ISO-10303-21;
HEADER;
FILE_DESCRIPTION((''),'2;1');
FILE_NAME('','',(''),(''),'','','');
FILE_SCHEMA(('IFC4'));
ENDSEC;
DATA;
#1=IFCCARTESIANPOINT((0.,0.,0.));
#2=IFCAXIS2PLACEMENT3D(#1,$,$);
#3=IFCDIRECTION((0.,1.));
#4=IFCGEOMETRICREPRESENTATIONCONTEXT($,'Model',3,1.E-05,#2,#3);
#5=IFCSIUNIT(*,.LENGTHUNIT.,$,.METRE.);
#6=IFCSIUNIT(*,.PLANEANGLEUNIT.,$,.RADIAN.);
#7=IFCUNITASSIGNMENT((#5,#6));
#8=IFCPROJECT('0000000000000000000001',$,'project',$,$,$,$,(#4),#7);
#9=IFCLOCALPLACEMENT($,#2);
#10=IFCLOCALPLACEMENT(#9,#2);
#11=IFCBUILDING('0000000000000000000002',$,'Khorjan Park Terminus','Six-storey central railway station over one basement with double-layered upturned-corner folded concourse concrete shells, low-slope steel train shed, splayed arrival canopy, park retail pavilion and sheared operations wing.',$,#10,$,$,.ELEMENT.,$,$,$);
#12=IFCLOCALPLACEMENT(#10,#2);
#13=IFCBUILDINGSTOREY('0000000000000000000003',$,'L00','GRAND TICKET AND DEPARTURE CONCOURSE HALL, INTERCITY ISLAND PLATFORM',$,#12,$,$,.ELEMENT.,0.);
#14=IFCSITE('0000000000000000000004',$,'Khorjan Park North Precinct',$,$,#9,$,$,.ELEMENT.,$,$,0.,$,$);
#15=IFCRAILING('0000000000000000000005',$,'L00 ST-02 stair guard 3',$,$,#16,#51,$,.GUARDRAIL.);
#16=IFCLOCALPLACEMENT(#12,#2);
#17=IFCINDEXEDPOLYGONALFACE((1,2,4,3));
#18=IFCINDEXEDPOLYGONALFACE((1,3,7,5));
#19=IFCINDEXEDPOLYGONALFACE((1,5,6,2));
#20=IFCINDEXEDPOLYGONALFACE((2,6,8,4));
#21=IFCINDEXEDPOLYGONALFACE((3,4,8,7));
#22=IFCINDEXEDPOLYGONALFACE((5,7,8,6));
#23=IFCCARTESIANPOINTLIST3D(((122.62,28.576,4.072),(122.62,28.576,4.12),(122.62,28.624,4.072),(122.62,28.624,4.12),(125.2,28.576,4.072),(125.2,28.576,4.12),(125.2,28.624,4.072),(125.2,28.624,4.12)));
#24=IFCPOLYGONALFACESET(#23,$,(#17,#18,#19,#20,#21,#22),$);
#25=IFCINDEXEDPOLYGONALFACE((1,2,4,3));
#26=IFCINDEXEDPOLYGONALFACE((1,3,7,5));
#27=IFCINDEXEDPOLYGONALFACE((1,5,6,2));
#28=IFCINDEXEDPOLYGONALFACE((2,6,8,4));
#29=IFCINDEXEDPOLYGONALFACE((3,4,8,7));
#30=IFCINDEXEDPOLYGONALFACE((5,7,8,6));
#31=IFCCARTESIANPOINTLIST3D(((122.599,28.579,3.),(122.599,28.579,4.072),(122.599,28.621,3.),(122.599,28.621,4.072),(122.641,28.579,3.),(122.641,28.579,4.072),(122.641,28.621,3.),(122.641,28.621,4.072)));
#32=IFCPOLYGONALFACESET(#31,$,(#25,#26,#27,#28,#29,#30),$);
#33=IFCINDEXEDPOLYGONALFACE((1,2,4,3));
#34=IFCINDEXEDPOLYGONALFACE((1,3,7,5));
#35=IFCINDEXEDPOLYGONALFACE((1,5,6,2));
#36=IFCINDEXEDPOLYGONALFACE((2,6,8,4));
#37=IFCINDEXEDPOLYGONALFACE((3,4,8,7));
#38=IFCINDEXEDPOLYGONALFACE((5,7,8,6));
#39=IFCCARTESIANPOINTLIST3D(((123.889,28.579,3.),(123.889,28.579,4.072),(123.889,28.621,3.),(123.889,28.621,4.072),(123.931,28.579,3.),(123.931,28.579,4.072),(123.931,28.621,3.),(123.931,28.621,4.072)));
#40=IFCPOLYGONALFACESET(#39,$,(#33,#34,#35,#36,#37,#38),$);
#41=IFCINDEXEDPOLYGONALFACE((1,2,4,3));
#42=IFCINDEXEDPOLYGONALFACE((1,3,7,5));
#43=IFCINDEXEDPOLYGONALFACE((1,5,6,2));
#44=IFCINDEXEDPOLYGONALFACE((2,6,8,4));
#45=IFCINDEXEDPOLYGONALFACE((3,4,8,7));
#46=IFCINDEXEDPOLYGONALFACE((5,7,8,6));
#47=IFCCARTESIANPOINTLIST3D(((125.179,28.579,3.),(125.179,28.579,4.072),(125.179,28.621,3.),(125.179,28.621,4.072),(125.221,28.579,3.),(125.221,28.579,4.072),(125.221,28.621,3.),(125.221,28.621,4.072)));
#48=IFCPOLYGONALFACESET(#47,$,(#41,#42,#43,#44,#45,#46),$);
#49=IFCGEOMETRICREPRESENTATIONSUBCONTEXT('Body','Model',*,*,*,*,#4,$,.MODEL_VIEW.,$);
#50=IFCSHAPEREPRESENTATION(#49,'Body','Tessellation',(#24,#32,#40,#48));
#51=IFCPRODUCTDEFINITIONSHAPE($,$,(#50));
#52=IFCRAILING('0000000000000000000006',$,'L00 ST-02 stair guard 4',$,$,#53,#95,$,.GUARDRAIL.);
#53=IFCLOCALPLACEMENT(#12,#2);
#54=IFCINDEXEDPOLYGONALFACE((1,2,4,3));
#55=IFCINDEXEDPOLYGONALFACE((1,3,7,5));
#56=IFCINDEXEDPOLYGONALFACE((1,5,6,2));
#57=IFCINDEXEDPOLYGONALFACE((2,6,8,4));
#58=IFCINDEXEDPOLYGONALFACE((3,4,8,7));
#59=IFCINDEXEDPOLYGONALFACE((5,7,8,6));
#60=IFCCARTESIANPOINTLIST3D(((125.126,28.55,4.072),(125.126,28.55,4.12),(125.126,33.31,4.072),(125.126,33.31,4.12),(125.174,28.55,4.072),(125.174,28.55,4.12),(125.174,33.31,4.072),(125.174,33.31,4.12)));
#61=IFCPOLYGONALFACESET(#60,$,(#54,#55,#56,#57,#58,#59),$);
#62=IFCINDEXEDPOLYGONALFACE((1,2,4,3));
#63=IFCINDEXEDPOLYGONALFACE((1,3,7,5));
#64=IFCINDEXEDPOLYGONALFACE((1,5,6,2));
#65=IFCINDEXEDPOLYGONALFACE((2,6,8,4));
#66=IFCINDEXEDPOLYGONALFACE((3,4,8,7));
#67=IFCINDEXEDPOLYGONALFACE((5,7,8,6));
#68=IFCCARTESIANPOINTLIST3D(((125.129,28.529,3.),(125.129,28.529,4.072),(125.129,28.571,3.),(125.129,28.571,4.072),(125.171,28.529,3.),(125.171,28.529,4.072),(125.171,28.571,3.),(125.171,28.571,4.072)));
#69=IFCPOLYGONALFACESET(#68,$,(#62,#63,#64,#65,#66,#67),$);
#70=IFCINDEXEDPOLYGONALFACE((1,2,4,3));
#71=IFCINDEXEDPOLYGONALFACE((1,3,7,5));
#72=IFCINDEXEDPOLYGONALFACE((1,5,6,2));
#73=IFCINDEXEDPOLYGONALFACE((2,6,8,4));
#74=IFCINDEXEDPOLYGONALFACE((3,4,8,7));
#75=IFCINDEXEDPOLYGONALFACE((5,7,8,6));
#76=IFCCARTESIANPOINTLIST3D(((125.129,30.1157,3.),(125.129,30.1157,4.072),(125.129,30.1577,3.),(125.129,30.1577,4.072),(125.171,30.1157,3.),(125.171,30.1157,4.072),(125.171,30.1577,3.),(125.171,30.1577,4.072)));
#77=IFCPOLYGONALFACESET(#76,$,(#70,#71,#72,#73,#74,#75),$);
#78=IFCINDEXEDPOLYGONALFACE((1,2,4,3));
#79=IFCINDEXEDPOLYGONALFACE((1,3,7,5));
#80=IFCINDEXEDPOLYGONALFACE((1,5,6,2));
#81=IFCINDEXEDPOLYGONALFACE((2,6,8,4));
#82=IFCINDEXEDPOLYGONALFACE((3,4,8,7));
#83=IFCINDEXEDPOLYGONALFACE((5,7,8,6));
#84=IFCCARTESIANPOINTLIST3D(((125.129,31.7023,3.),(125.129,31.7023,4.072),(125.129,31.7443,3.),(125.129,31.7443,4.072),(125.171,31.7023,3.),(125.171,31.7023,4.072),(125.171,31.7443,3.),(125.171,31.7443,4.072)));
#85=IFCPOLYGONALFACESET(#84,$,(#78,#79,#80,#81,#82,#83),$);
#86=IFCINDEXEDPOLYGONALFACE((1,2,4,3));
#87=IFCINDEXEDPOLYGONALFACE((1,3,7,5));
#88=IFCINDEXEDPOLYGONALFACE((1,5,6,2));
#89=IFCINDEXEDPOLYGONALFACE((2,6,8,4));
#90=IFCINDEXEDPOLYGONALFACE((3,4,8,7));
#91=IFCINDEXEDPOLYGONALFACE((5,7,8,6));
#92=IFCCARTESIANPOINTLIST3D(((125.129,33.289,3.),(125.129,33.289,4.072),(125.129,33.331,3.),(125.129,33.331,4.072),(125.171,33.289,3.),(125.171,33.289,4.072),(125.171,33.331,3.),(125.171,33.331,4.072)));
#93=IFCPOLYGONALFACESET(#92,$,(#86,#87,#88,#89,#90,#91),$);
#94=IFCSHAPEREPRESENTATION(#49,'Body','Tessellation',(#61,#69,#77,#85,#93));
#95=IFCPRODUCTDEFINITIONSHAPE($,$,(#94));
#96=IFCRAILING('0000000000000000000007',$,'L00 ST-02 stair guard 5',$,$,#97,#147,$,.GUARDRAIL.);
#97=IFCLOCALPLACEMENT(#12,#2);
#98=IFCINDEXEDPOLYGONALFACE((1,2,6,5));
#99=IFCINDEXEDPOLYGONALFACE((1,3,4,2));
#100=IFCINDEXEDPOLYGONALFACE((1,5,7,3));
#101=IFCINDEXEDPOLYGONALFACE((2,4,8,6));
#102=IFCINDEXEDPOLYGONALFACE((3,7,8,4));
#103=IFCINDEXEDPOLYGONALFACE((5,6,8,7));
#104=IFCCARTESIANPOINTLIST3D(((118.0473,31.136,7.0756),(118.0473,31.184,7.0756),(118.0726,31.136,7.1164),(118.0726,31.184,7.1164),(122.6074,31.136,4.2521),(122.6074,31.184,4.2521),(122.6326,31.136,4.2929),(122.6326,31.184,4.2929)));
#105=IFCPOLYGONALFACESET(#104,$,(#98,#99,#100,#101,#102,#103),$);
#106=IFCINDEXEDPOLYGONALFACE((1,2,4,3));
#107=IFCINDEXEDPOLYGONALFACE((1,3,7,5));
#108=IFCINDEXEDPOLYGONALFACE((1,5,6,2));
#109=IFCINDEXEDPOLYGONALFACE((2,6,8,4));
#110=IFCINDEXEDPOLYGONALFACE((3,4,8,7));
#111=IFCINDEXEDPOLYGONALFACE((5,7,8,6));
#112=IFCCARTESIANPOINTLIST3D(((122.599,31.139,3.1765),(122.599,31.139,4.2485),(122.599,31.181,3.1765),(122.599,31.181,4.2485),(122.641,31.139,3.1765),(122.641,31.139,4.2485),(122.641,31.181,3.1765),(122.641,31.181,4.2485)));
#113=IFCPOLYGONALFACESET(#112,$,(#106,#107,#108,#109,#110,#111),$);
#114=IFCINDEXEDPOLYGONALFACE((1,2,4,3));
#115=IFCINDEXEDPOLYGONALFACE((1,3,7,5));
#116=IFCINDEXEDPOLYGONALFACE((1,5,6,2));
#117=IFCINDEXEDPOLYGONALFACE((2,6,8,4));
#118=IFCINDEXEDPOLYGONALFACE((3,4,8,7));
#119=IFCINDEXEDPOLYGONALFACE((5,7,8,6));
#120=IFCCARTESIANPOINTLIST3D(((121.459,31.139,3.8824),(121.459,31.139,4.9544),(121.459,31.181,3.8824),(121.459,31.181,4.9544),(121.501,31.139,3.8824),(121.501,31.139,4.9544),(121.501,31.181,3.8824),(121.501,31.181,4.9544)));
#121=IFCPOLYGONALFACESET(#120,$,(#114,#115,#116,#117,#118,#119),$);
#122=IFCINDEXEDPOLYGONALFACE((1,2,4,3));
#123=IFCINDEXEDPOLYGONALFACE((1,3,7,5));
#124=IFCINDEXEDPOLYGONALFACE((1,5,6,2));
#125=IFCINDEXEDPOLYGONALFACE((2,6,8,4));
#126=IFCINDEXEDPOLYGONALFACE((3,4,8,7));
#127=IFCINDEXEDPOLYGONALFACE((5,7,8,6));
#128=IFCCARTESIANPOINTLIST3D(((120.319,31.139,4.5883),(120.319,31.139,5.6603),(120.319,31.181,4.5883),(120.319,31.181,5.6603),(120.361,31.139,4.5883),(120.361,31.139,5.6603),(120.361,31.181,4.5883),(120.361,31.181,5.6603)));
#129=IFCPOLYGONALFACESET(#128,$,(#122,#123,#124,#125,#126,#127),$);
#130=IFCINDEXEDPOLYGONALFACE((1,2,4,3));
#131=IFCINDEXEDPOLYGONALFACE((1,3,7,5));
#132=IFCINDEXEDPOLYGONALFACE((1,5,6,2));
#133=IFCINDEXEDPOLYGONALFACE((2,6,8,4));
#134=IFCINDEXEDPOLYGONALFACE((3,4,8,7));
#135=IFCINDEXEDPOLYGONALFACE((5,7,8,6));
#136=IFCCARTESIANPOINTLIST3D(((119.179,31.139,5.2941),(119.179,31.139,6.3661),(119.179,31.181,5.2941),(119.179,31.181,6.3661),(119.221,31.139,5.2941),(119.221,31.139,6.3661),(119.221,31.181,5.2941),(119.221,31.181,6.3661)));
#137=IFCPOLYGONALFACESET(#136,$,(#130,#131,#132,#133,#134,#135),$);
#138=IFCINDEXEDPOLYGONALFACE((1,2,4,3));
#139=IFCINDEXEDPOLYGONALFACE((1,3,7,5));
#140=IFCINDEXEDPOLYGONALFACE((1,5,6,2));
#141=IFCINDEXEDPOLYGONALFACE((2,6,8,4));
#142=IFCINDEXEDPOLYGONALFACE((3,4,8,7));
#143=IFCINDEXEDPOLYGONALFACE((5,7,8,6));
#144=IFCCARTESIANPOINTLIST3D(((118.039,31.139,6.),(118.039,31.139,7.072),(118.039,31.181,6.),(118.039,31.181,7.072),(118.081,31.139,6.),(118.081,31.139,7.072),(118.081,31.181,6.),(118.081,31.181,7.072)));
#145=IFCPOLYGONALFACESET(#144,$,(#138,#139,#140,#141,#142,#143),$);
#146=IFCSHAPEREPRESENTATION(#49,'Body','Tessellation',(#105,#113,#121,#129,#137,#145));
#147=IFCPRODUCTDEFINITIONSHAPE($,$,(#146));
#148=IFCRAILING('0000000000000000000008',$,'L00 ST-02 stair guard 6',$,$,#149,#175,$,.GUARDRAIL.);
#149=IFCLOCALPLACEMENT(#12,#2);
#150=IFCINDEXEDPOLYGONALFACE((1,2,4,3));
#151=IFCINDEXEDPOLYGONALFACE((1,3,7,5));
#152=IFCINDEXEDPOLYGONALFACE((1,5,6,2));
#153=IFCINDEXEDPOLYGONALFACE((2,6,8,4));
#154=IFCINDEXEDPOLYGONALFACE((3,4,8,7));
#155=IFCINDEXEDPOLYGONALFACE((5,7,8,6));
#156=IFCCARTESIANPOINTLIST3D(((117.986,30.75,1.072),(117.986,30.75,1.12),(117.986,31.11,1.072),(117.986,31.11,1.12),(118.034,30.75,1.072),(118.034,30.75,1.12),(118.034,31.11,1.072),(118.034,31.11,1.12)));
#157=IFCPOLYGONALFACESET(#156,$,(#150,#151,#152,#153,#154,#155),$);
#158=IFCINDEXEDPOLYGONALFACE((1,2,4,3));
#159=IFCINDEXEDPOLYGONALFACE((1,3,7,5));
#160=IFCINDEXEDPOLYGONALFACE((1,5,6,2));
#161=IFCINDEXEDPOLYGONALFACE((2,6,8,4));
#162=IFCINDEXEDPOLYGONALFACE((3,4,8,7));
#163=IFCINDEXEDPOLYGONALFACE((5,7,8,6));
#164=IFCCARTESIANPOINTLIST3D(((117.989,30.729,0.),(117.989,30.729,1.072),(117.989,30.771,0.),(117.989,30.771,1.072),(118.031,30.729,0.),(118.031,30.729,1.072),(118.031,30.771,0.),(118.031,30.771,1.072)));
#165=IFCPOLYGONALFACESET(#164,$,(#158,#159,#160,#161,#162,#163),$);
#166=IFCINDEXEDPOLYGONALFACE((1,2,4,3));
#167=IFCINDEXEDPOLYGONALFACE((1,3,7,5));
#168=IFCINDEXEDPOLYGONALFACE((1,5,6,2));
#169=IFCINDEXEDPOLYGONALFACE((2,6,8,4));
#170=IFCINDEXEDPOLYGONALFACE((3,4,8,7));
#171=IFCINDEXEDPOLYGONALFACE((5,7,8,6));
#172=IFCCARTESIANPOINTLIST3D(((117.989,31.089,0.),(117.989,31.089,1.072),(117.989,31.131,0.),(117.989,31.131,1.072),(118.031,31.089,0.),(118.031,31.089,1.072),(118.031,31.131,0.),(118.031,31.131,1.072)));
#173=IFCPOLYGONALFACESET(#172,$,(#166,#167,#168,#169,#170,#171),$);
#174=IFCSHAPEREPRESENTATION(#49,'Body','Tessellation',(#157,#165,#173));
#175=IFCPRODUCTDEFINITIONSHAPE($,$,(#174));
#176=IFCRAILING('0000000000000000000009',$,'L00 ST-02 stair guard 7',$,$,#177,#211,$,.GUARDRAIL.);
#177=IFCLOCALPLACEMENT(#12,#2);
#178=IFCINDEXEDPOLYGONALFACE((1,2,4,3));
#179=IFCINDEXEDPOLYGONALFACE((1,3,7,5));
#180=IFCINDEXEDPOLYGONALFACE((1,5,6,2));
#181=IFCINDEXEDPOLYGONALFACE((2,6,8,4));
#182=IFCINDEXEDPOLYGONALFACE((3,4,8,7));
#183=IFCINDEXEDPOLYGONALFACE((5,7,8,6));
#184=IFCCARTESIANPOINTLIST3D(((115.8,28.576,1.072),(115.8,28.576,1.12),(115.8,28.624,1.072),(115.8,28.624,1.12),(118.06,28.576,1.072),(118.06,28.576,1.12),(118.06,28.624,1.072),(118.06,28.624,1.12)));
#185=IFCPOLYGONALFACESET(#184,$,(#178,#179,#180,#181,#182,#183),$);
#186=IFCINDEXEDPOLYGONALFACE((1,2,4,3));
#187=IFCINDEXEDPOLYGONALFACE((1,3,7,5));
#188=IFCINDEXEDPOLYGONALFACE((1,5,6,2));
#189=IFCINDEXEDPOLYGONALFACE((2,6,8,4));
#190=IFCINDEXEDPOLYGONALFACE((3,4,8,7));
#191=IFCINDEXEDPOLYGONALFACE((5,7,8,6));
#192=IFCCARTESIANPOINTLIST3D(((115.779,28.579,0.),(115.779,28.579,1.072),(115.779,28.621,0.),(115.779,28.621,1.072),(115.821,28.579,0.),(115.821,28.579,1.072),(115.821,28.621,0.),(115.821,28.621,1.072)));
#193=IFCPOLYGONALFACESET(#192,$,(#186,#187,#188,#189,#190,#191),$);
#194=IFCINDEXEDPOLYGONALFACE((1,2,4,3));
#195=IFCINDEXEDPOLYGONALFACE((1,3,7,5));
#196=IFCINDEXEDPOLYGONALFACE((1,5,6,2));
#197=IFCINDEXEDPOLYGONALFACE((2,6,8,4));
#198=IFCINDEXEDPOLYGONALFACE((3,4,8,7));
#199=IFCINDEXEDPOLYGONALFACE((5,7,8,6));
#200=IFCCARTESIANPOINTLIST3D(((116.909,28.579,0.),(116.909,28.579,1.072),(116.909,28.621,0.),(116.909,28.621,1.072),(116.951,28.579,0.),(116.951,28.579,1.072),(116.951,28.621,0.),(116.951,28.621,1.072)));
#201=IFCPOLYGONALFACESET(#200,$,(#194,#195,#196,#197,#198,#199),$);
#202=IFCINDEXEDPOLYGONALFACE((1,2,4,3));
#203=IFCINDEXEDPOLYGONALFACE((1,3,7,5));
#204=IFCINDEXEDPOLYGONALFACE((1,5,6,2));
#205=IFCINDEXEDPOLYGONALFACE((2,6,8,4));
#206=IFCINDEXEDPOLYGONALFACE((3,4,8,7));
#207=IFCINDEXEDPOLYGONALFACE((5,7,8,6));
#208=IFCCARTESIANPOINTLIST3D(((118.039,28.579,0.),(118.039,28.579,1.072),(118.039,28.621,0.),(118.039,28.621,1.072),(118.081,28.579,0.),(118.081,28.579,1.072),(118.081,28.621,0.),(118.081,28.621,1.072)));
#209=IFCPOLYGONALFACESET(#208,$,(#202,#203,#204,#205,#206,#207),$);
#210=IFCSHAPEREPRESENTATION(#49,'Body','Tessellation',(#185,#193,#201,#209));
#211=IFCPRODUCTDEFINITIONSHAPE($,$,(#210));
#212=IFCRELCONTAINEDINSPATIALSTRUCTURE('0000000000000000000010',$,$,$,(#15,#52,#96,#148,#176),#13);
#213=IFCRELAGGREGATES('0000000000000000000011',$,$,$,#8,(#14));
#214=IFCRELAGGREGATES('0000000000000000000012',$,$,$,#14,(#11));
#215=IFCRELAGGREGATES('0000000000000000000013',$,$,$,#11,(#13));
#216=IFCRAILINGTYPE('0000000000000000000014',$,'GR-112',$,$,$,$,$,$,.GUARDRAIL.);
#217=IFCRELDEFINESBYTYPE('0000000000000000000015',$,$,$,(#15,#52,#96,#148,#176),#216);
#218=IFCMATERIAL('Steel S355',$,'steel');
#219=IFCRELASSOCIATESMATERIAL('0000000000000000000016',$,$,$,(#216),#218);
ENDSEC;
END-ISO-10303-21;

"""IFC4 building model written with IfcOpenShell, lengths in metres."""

from ifc_helpers import new_model, si_unit, direction, frame, origin, origin_2d, place, context, subcontext, project, spatial, rectangle, extrude, material, type_object, element, save


model = new_model("IFC4")

# Units and contexts
model_context = context("Model", 3, precision=1e-05, world=origin(), true_north=direction((0.0, 1.0)))
body_context = subcontext(model_context, "Body", "Model", "MODEL_VIEW")
ifc_project = project(units=[si_unit("LENGTHUNIT", "METRE"), si_unit("PLANEANGLEUNIT", "RADIAN")], contexts=[model_context])

# Site, building, storey
site_placement = place(None, origin())
site = spatial("IfcSite", under=ifc_project, at=site_placement, Name="Khorjan Park North Precinct", CompositionType="ELEMENT", RefElevation=0.0)
building_placement = place(site_placement, origin())
building = spatial("IfcBuilding", under=site, at=building_placement, Name="Khorjan Park Terminus", Description="Six-storey central railway station over one basement with double-layered upturned-corner folded concourse concrete shells, low-slope steel train shed, splayed arrival canopy, park retail pavilion and sheared operations wing.", CompositionType="ELEMENT")
storey_placement = place(building_placement, origin())
storey = spatial("IfcBuildingStorey", under=building, at=storey_placement, Name="L00", Description="GRAND TICKET AND DEPARTURE CONCOURSE HALL, INTERCITY ISLAND PLATFORM", CompositionType="ELEMENT", Elevation=0.0)

# Railings
ifc_material_1 = material(Name="Steel S355", Category="steel")
railing_type_1 = type_object("IfcRailingType", Name="GR-112", PredefinedType="GUARDRAIL", material=ifc_material_1)
railing_1_placement = place(storey_placement, frame((122.62, 28.6, 3.0)))
element("IfcRailing", 1, at=railing_1_placement, inside=storey, type_object=railing_type_1, Name="L00 ST-02 stair guard 3", PredefinedType="GUARDRAIL", context=body_context, shape_type="SweptSolid", body=[
    extrude(rectangle(XDim=0.048, YDim=0.048, at=origin_2d()), frame((0.0, 0.0, 1.096), z_axis=(1.0, 0.0, 0.0), x_axis=(0.0, 1.0, 0.0)), (0.0, 0.0, 1.0), 2.58),
    extrude(rectangle(XDim=0.042, YDim=0.042, at=origin_2d()), origin(), (0.0, 0.0, 1.0), 1.072),
    extrude(rectangle(XDim=0.042, YDim=0.042, at=origin_2d()), frame((1.29, 0.0, 0.0)), (0.0, 0.0, 1.0), 1.072),
    extrude(rectangle(XDim=0.042, YDim=0.042, at=origin_2d()), frame((2.58, 0.0, 0.0)), (0.0, 0.0, 1.0), 1.072),
])
railing_2_placement = place(storey_placement, frame((125.15, 28.55, 3.0)))
element("IfcRailing", 2, at=railing_2_placement, inside=storey, type_object=railing_type_1, Name="L00 ST-02 stair guard 4", PredefinedType="GUARDRAIL", context=body_context, shape_type="SweptSolid", body=[
    extrude(rectangle(XDim=0.048, YDim=0.048, at=origin_2d()), frame((0.0, 0.0, 1.096), z_axis=(0.0, 1.0, 0.0), x_axis=(-1.0, 0.0, 0.0)), (0.0, 0.0, 1.0), 4.76),
    extrude(rectangle(XDim=0.042, YDim=0.042, at=origin_2d()), origin(), (0.0, 0.0, 1.0), 1.072),
    extrude(rectangle(XDim=0.042, YDim=0.042, at=origin_2d()), frame((0.0, 1.5867, 0.0)), (0.0, 0.0, 1.0), 1.072),
    extrude(rectangle(XDim=0.042, YDim=0.042, at=origin_2d()), frame((0.0, 3.1733, 0.0)), (0.0, 0.0, 1.0), 1.072),
    extrude(rectangle(XDim=0.042, YDim=0.042, at=origin_2d()), frame((0.0, 4.76, 0.0)), (0.0, 0.0, 1.0), 1.072),
])
railing_3_placement = place(storey_placement, frame((122.62, 31.16, 3.1765)))
element("IfcRailing", 3, at=railing_3_placement, inside=storey, type_object=railing_type_1, Name="L00 ST-02 stair guard 5", PredefinedType="GUARDRAIL", context=body_context, shape_type="SweptSolid", body=[
    extrude(rectangle(XDim=0.048, YDim=0.048, at=origin_2d()), frame((0.0, 0.0, 1.096), z_axis=(-0.850211, 0.0, 0.526441), x_axis=(0.0, -1.0, 0.0)), (0.0, 0.0, 1.0), 5.3634),
    extrude(rectangle(XDim=0.042, YDim=0.042, at=origin_2d()), origin(), (0.0, 0.0, 1.0), 1.072),
    extrude(rectangle(XDim=0.042, YDim=0.042, at=origin_2d()), frame((-1.14, 0.0, 0.7059)), (0.0, 0.0, 1.0), 1.072),
    extrude(rectangle(XDim=0.042, YDim=0.042, at=origin_2d()), frame((-2.28, 0.0, 1.4118)), (0.0, 0.0, 1.0), 1.072),
    extrude(rectangle(XDim=0.042, YDim=0.042, at=origin_2d()), frame((-3.42, 0.0, 2.1176)), (0.0, 0.0, 1.0), 1.072),
    extrude(rectangle(XDim=0.042, YDim=0.042, at=origin_2d()), frame((-4.56, 0.0, 2.8235)), (0.0, 0.0, 1.0), 1.072),
])
railing_4_placement = place(storey_placement, frame((118.01, 30.75, 0.0)))
element("IfcRailing", 4, at=railing_4_placement, inside=storey, type_object=railing_type_1, Name="L00 ST-02 stair guard 6", PredefinedType="GUARDRAIL", context=body_context, shape_type="SweptSolid", body=[
    extrude(rectangle(XDim=0.048, YDim=0.048, at=origin_2d()), frame((0.0, 0.0, 1.096), z_axis=(0.0, 1.0, 0.0), x_axis=(-1.0, 0.0, 0.0)), (0.0, 0.0, 1.0), 0.36),
    extrude(rectangle(XDim=0.042, YDim=0.042, at=origin_2d()), origin(), (0.0, 0.0, 1.0), 1.072),
    extrude(rectangle(XDim=0.042, YDim=0.042, at=origin_2d()), frame((0.0, 0.36, 0.0)), (0.0, 0.0, 1.0), 1.072),
])
railing_5_placement = place(storey_placement, frame((115.8, 28.6, 0.0)))
element("IfcRailing", 5, at=railing_5_placement, inside=storey, type_object=railing_type_1, Name="L00 ST-02 stair guard 7", PredefinedType="GUARDRAIL", context=body_context, shape_type="SweptSolid", body=[
    extrude(rectangle(XDim=0.048, YDim=0.048, at=origin_2d()), frame((0.0, 0.0, 1.096), z_axis=(1.0, 0.0, 0.0), x_axis=(0.0, 1.0, 0.0)), (0.0, 0.0, 1.0), 2.26),
    extrude(rectangle(XDim=0.042, YDim=0.042, at=origin_2d()), origin(), (0.0, 0.0, 1.0), 1.072),
    extrude(rectangle(XDim=0.042, YDim=0.042, at=origin_2d()), frame((1.13, 0.0, 0.0)), (0.0, 0.0, 1.0), 1.072),
    extrude(rectangle(XDim=0.042, YDim=0.042, at=origin_2d()), frame((2.26, 0.0, 0.0)), (0.0, 0.0, 1.0), 1.072),
])

save(model, "model.ifc")
